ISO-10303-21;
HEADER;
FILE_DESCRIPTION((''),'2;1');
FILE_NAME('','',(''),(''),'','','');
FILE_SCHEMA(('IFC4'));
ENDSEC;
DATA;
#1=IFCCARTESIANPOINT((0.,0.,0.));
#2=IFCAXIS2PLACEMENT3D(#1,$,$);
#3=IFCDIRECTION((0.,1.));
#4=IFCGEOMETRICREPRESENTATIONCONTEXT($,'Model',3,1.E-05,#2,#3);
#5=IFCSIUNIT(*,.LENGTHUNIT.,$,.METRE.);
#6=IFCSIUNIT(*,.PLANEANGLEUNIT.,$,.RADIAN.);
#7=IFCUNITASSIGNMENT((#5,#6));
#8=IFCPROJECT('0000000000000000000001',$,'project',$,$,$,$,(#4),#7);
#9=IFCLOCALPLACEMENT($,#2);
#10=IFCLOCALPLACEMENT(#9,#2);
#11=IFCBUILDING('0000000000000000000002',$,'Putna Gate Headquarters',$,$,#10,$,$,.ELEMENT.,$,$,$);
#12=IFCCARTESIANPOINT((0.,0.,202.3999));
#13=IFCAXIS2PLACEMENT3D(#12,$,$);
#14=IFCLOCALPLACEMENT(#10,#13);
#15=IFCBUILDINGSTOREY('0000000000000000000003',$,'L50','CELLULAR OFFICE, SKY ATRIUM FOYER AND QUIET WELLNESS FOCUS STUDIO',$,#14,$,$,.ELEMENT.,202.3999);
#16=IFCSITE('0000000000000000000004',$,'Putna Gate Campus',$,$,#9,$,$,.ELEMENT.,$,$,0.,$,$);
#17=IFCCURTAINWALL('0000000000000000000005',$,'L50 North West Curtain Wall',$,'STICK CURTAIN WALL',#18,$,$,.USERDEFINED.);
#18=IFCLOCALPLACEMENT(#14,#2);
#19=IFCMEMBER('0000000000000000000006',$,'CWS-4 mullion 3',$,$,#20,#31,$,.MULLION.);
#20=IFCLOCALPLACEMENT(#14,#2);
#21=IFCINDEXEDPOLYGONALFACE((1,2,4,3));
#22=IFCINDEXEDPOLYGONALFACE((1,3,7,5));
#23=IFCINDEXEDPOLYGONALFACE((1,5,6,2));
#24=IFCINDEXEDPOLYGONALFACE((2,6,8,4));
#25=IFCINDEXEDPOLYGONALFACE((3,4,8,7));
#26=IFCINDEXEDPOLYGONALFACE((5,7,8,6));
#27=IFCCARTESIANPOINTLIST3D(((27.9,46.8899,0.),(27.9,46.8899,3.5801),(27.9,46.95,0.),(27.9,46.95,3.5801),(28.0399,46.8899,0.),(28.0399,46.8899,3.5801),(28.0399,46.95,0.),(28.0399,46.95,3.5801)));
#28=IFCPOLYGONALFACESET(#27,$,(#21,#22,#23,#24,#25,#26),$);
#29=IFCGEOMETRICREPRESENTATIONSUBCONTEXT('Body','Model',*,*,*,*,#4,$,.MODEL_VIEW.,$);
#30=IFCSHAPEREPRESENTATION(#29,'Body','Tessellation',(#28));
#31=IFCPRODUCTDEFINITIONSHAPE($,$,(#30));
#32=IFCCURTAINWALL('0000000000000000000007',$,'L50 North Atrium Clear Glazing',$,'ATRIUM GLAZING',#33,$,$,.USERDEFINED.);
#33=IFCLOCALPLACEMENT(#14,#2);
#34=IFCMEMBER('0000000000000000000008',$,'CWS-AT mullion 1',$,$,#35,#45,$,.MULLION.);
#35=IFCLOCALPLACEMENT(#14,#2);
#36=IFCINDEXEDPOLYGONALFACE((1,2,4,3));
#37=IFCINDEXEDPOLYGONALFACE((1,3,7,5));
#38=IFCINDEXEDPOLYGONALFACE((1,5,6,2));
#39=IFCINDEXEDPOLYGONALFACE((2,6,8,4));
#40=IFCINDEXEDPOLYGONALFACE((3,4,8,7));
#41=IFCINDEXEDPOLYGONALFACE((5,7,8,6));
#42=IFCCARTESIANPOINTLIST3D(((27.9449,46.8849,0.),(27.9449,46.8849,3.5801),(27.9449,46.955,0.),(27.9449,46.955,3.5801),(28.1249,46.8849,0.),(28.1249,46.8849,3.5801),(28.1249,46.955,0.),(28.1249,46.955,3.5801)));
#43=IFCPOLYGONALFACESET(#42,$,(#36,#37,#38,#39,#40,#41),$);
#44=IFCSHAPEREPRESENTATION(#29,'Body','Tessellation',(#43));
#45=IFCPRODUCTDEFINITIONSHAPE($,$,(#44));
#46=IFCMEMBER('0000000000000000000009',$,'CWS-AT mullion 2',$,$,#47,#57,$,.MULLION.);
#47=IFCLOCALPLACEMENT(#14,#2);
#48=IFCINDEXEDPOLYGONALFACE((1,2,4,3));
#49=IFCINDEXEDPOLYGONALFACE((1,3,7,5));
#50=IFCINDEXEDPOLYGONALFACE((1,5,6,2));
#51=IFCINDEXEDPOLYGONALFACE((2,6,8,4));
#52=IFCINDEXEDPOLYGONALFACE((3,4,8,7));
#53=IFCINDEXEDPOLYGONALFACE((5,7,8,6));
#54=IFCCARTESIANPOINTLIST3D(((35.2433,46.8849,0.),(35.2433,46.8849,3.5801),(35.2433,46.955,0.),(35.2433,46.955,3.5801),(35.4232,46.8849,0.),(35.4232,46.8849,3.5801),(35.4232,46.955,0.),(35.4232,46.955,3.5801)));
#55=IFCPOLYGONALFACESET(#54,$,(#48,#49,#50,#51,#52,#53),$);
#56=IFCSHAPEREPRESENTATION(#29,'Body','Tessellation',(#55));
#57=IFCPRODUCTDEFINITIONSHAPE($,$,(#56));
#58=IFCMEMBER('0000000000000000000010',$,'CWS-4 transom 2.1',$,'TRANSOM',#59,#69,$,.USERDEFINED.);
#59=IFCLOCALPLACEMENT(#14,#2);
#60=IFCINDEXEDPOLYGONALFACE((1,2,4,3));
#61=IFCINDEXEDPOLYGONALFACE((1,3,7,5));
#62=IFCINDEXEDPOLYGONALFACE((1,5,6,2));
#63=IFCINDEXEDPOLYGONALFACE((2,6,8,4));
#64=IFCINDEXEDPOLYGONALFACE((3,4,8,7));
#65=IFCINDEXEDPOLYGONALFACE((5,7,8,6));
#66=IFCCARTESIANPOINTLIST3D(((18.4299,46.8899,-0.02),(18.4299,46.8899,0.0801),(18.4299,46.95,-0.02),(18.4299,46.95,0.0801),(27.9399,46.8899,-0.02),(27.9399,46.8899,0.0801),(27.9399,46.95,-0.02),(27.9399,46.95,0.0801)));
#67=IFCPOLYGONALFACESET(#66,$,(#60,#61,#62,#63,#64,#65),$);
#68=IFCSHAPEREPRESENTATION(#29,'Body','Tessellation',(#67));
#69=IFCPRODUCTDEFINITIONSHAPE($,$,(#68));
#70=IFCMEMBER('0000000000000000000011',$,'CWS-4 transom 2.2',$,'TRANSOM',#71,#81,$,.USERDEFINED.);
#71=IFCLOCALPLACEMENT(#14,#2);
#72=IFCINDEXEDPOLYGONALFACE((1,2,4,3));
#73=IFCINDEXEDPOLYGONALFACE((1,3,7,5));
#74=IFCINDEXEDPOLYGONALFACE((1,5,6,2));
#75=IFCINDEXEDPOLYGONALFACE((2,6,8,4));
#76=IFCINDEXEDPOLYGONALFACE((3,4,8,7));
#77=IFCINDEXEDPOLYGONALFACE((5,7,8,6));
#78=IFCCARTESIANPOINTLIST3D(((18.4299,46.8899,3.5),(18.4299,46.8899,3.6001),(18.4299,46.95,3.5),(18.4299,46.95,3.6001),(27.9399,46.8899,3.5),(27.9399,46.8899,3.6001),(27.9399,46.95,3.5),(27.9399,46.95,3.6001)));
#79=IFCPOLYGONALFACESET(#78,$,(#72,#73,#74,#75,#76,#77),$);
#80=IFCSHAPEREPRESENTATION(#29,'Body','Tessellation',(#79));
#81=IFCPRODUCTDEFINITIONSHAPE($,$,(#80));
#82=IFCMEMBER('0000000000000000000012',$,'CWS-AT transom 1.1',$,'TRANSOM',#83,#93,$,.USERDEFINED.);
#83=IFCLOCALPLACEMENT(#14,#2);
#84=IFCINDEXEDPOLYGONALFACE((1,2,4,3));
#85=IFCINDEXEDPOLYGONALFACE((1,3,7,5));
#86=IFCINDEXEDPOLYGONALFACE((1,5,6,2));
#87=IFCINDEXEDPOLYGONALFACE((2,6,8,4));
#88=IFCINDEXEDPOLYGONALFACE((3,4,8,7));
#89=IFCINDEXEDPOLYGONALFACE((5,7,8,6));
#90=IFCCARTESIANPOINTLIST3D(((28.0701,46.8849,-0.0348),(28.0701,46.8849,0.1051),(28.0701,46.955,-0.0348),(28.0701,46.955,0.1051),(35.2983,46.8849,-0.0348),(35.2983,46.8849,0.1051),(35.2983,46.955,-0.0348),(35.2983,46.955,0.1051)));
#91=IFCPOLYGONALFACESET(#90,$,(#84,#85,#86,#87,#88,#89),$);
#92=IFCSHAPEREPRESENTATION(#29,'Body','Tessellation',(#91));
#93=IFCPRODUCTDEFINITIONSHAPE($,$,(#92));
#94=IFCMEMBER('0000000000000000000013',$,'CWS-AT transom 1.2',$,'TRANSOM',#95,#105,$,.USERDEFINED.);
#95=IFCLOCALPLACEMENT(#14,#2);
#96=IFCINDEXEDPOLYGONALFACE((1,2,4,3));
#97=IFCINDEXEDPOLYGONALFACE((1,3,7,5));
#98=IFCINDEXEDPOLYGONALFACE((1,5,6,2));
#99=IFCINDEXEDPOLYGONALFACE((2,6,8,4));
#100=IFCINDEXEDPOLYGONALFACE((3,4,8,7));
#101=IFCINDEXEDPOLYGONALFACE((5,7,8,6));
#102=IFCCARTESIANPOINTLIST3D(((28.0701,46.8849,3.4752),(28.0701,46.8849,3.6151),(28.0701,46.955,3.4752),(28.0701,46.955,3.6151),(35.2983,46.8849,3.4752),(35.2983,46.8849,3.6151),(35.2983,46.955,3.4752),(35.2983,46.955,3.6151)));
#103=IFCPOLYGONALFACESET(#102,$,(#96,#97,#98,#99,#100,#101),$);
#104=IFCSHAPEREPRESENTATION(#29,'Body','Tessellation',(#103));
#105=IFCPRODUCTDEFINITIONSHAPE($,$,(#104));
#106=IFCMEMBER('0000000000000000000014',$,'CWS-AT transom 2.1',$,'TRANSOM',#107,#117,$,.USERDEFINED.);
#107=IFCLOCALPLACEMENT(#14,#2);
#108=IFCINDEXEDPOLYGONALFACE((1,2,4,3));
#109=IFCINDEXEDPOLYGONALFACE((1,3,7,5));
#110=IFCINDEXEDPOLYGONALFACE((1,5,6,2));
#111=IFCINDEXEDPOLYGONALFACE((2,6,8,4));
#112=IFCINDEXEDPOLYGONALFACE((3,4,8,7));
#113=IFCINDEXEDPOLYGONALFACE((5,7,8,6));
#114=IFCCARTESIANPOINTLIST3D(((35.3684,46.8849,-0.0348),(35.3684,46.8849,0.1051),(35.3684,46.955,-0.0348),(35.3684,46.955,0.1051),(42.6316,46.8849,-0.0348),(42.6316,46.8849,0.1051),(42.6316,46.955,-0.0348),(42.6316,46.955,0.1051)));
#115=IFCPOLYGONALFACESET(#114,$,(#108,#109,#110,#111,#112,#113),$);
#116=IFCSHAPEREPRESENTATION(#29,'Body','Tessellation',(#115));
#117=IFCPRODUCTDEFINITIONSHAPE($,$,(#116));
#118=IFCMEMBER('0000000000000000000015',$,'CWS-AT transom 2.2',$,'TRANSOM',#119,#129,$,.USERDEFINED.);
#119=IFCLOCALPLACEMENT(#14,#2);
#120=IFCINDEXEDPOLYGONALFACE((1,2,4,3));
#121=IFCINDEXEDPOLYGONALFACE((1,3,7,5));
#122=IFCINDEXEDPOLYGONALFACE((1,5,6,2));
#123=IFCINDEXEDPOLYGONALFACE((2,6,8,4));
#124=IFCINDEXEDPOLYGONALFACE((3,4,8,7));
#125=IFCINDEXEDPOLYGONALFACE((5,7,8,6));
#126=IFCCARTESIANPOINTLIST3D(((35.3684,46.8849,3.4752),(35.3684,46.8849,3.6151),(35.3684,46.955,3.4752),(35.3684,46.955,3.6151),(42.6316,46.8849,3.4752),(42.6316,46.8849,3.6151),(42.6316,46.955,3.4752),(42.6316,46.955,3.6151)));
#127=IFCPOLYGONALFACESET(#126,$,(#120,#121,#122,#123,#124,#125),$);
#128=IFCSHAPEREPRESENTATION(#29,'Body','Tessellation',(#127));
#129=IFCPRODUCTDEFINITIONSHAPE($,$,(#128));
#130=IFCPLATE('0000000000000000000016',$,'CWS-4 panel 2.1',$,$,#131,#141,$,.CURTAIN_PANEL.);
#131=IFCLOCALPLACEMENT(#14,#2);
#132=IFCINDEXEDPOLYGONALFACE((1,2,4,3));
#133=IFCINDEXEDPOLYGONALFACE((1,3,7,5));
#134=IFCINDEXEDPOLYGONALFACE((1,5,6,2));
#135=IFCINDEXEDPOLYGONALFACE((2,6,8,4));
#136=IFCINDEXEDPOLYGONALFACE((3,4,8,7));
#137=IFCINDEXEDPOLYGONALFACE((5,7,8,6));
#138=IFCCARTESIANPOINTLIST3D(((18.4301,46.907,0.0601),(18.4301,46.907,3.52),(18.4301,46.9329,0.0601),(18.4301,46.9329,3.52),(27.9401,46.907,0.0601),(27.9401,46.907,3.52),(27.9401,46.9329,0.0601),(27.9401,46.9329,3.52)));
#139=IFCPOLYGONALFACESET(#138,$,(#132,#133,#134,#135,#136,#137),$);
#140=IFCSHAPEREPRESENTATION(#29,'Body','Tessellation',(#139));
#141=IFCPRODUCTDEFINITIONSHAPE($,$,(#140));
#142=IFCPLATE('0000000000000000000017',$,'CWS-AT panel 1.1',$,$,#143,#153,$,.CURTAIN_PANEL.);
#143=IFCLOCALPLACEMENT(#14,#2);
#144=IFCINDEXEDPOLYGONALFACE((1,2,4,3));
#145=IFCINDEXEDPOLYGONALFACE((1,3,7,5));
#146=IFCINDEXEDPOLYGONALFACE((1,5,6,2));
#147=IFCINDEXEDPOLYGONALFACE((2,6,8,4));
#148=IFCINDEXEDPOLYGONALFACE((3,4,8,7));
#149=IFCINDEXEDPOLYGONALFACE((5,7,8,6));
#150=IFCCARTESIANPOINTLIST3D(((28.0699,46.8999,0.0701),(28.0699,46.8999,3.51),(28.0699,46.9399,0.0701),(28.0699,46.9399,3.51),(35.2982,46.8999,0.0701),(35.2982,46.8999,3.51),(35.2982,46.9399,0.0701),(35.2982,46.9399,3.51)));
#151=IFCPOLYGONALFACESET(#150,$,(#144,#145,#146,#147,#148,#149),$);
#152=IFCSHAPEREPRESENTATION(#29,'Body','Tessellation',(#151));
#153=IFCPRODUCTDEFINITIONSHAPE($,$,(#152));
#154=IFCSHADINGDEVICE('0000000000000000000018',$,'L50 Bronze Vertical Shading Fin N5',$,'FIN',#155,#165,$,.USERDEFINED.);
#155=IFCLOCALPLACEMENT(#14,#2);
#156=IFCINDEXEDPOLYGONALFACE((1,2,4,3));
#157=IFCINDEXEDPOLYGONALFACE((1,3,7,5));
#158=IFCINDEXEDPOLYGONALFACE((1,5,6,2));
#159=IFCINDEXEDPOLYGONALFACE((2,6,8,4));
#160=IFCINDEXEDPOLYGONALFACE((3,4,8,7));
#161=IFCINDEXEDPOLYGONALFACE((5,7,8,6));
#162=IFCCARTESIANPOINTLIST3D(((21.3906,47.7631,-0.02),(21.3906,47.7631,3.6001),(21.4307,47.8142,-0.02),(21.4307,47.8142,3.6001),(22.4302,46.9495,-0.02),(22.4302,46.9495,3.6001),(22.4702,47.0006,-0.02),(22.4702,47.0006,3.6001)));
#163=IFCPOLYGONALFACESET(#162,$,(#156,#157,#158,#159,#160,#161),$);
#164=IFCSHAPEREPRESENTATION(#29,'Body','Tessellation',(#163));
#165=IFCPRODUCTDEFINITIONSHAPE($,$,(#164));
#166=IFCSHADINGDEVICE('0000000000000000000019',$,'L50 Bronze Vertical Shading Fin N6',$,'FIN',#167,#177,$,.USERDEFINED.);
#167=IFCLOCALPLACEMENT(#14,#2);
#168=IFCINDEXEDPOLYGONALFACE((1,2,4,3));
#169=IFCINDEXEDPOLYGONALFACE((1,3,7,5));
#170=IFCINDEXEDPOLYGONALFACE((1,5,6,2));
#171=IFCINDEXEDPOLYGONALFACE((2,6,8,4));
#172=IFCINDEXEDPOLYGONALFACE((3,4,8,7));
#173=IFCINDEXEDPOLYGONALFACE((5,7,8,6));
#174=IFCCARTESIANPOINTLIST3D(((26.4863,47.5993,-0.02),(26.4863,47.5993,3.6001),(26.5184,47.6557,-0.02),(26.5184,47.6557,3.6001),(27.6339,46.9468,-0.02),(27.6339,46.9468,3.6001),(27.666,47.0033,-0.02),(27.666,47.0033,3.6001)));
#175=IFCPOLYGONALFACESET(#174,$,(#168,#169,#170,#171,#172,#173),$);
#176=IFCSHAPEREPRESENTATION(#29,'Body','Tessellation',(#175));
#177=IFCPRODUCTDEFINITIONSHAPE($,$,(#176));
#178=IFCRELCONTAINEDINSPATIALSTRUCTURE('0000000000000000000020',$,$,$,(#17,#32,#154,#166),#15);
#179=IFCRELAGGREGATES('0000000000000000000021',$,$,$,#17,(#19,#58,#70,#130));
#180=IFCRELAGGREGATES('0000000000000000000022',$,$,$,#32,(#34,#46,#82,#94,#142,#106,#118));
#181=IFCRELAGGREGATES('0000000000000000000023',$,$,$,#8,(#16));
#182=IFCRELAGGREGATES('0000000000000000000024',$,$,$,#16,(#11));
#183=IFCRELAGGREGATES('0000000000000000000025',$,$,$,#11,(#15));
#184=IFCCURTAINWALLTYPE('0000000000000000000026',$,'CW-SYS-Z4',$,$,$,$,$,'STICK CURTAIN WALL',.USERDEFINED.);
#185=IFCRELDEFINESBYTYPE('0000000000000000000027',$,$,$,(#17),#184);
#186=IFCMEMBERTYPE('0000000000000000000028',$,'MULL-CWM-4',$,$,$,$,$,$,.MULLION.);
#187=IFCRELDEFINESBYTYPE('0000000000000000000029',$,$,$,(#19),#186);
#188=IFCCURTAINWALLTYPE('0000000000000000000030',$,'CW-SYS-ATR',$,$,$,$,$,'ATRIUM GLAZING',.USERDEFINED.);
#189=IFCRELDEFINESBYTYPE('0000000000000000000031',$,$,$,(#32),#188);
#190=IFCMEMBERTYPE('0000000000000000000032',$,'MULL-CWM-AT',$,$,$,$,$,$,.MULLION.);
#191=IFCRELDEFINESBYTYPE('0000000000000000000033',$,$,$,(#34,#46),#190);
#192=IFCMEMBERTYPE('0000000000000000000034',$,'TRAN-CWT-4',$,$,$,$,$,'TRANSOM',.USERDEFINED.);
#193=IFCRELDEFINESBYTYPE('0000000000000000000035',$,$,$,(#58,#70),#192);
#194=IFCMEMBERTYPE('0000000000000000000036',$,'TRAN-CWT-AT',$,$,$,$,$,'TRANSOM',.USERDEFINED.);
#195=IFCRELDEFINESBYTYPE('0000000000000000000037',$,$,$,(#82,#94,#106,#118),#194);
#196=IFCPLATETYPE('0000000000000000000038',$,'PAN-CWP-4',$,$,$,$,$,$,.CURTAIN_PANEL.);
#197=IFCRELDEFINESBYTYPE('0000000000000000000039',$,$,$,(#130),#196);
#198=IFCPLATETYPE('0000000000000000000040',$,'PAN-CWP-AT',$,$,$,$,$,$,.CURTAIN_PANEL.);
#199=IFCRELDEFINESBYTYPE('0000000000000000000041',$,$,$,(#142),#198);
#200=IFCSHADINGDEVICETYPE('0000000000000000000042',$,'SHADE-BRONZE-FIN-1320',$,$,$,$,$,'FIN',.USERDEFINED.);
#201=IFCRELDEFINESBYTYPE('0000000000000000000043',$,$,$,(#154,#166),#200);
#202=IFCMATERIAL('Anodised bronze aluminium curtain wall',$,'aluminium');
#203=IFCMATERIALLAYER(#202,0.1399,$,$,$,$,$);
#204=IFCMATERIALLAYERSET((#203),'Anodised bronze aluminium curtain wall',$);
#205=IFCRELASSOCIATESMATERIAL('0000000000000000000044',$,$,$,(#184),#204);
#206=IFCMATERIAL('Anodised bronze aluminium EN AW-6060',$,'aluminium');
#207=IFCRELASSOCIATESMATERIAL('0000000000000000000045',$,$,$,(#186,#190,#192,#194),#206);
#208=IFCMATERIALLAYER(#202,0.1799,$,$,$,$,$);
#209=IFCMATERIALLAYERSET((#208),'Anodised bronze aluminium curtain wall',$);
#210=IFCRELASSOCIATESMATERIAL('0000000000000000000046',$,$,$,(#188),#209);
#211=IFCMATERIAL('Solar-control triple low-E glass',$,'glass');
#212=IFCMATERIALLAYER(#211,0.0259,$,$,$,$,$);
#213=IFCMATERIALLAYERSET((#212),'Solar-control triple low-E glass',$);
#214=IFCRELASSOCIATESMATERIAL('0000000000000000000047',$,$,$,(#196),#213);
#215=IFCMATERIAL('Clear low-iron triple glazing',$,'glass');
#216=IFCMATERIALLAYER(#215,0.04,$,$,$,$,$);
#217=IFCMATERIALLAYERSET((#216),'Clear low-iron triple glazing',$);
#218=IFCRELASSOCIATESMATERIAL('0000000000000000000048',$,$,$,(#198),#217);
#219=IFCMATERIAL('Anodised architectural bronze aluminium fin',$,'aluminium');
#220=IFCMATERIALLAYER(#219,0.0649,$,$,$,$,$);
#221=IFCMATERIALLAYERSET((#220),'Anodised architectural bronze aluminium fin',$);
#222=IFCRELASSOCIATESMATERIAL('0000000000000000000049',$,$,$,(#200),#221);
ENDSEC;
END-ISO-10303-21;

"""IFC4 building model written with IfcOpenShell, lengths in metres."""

from ifc_helpers import new_model, si_unit, direction, frame, origin, origin_2d, place, context, subcontext, project, spatial, rectangle, extrude, material, layer, layer_set, material_profile, profile_set, type_object, element, aggregate, save


model = new_model("IFC4")

# Units and contexts
model_context = context("Model", 3, precision=1e-05, world=origin(), true_north=direction((0.0, 1.0)))
body_context = subcontext(model_context, "Body", "Model", "MODEL_VIEW")
ifc_project = project(units=[si_unit("LENGTHUNIT", "METRE"), si_unit("PLANEANGLEUNIT", "RADIAN")], contexts=[model_context])

# Site, building, storey
site_placement = place(None, origin())
site = spatial("IfcSite", under=ifc_project, at=site_placement, Name="Putna Gate Campus", CompositionType="ELEMENT", RefElevation=0.0)
building_placement = place(site_placement, origin())
building = spatial("IfcBuilding", under=site, at=building_placement, Name="Putna Gate Headquarters", CompositionType="ELEMENT")
storey_placement = place(building_placement, frame((0.0, 0.0, 202.3999)))
storey = spatial("IfcBuildingStorey", under=building, at=storey_placement, Name="L50", Description="CELLULAR OFFICE, SKY ATRIUM FOYER AND QUIET WELLNESS FOCUS STUDIO", CompositionType="ELEMENT", Elevation=202.3999)

# Curtain wall, member
ifc_material_1 = material(Name="Anodised bronze aluminium curtain wall", Category="aluminium")
ifc_layer_1 = layer(ifc_material_1, 0.1399)
ifc_layer_set_1 = layer_set([ifc_layer_1], Name="Anodised bronze aluminium curtain wall")
curtain_wall_type_1 = type_object("IfcCurtainWallType", Name="CW-SYS-Z4", ElementType="STICK CURTAIN WALL", PredefinedType="USERDEFINED", material=ifc_layer_set_1)
curtain_wall_1_placement = place(storey_placement, origin())
curtain_wall_1 = element("IfcCurtainWall", 1, at=curtain_wall_1_placement, inside=storey, type_object=curtain_wall_type_1, Name="L50 North West Curtain Wall", ObjectType="STICK CURTAIN WALL", PredefinedType="USERDEFINED")
ifc_material_2 = material(Name="Anodised bronze aluminium EN AW-6060", Category="aluminium")
ifc_material_profile_1 = material_profile(ifc_material_2, rectangle(XDim=0.0601, YDim=0.1399, at=origin_2d()), Name="Anodised bronze aluminium EN AW-6060")
ifc_profile_set_1 = profile_set([ifc_material_profile_1], Name="Anodised bronze aluminium EN AW-6060")
member_type_1 = type_object("IfcMemberType", Name="MULL-CWM-4", PredefinedType="MULLION", material=ifc_profile_set_1)
member_1_placement = place(storey_placement, frame((27.97, 46.9199, 0.0), z_axis=(0.0, 0.0, 1.0), x_axis=(0.0, 1.0, 0.0)))
member_1 = element("IfcMember", 2, at=member_1_placement, type_object=member_type_1, Name="CWS-4 mullion 3", PredefinedType="MULLION", context=body_context, shape_type="SweptSolid", body=[
    extrude(rectangle(XDim=0.0601, YDim=0.1399, at=origin_2d()), origin(), (0.0, 0.0, 1.0), 3.5801),
])

# Curtain wall, members
ifc_layer_2 = layer(ifc_material_1, 0.1799)
ifc_layer_set_2 = layer_set([ifc_layer_2], Name="Anodised bronze aluminium curtain wall")
curtain_wall_type_2 = type_object("IfcCurtainWallType", Name="CW-SYS-ATR", ElementType="ATRIUM GLAZING", PredefinedType="USERDEFINED", material=ifc_layer_set_2)
curtain_wall_2_placement = place(storey_placement, origin())
curtain_wall_2 = element("IfcCurtainWall", 3, at=curtain_wall_2_placement, inside=storey, type_object=curtain_wall_type_2, Name="L50 North Atrium Clear Glazing", ObjectType="ATRIUM GLAZING", PredefinedType="USERDEFINED")
ifc_material_profile_2 = material_profile(ifc_material_2, rectangle(XDim=0.0701, YDim=0.1799, at=origin_2d()), Name="Anodised bronze aluminium EN AW-6060")
ifc_profile_set_2 = profile_set([ifc_material_profile_2], Name="Anodised bronze aluminium EN AW-6060")
member_type_2 = type_object("IfcMemberType", Name="MULL-CWM-AT", PredefinedType="MULLION", material=ifc_profile_set_2)
member_2_placement = place(storey_placement, frame((28.0349, 46.9199, 0.0), z_axis=(0.0, 0.0, 1.0), x_axis=(0.0, 1.0, 0.0)))
member_2 = element("IfcMember", 4, at=member_2_placement, type_object=member_type_2, Name="CWS-AT mullion 1", PredefinedType="MULLION", context=body_context, shape_type="SweptSolid", body=[
    extrude(rectangle(XDim=0.0701, YDim=0.1799, at=origin_2d()), origin(), (0.0, 0.0, 1.0), 3.5801),
])
member_3_placement = place(storey_placement, frame((35.3333, 46.9199, 0.0), z_axis=(0.0, 0.0, 1.0), x_axis=(0.0, 1.0, 0.0)))
member_3 = element("IfcMember", 5, at=member_3_placement, type_object=member_type_2, Name="CWS-AT mullion 2", PredefinedType="MULLION", context=body_context, shape_type="SweptSolid", body=[
    extrude(rectangle(XDim=0.0701, YDim=0.1799, at=origin_2d()), origin(), (0.0, 0.0, 1.0), 3.5801),
])

# Members
ifc_material_profile_3 = material_profile(ifc_material_2, rectangle(XDim=0.0601, YDim=0.1001, at=origin_2d()), Name="Anodised bronze aluminium EN AW-6060")
ifc_profile_set_3 = profile_set([ifc_material_profile_3], Name="Anodised bronze aluminium EN AW-6060")
member_type_3 = type_object("IfcMemberType", Name="TRAN-CWT-4", ElementType="TRANSOM", PredefinedType="USERDEFINED", material=ifc_profile_set_3)
member_4_placement = place(storey_placement, frame((18.4299, 46.9199, 0.03), z_axis=(1.0, 0.0, 0.0), x_axis=(0.0, 1.0, 0.0)))
member_4 = element("IfcMember", 6, at=member_4_placement, type_object=member_type_3, Name="CWS-4 transom 2.1", ObjectType="TRANSOM", PredefinedType="USERDEFINED", context=body_context, shape_type="SweptSolid", body=[
    extrude(rectangle(XDim=0.0601, YDim=0.1001, at=origin_2d()), origin(), (0.0, 0.0, 1.0), 9.51),
])
member_5_placement = place(storey_placement, frame((18.4299, 46.9199, 3.55), z_axis=(1.0, 0.0, 0.0), x_axis=(0.0, 1.0, 0.0)))
member_5 = element("IfcMember", 7, at=member_5_placement, type_object=member_type_3, Name="CWS-4 transom 2.2", ObjectType="TRANSOM", PredefinedType="USERDEFINED", context=body_context, shape_type="SweptSolid", body=[
    extrude(rectangle(XDim=0.0601, YDim=0.1001, at=origin_2d()), origin(), (0.0, 0.0, 1.0), 9.51),
])
ifc_material_profile_4 = material_profile(ifc_material_2, rectangle(XDim=0.0701, YDim=0.1399, at=origin_2d()), Name="Anodised bronze aluminium EN AW-6060")
ifc_profile_set_4 = profile_set([ifc_material_profile_4], Name="Anodised bronze aluminium EN AW-6060")
member_type_4 = type_object("IfcMemberType", Name="TRAN-CWT-AT", ElementType="TRANSOM", PredefinedType="USERDEFINED", material=ifc_profile_set_4)
member_6_placement = place(storey_placement, frame((28.0701, 46.9199, 0.0352), z_axis=(1.0, 0.0, 0.0), x_axis=(0.0, 1.0, 0.0)))
member_6 = element("IfcMember", 8, at=member_6_placement, type_object=member_type_4, Name="CWS-AT transom 1.1", ObjectType="TRANSOM", PredefinedType="USERDEFINED", context=body_context, shape_type="SweptSolid", body=[
    extrude(rectangle(XDim=0.0701, YDim=0.1399, at=origin_2d()), origin(), (0.0, 0.0, 1.0), 7.2283),
])
member_7_placement = place(storey_placement, frame((28.0701, 46.9199, 3.5452), z_axis=(1.0, 0.0, 0.0), x_axis=(0.0, 1.0, 0.0)))
member_7 = element("IfcMember", 9, at=member_7_placement, type_object=member_type_4, Name="CWS-AT transom 1.2", ObjectType="TRANSOM", PredefinedType="USERDEFINED", context=body_context, shape_type="SweptSolid", body=[
    extrude(rectangle(XDim=0.0701, YDim=0.1399, at=origin_2d()), origin(), (0.0, 0.0, 1.0), 7.2283),
])
member_8_placement = place(storey_placement, frame((35.3684, 46.9199, 0.0352), z_axis=(1.0, 0.0, 0.0), x_axis=(0.0, 1.0, 0.0)))
member_8 = element("IfcMember", 10, at=member_8_placement, type_object=member_type_4, Name="CWS-AT transom 2.1", ObjectType="TRANSOM", PredefinedType="USERDEFINED", context=body_context, shape_type="SweptSolid", body=[
    extrude(rectangle(XDim=0.0701, YDim=0.1399, at=origin_2d()), origin(), (0.0, 0.0, 1.0), 7.2632),
])
member_9_placement = place(storey_placement, frame((35.3684, 46.9199, 3.5452), z_axis=(1.0, 0.0, 0.0), x_axis=(0.0, 1.0, 0.0)))
member_9 = element("IfcMember", 11, at=member_9_placement, type_object=member_type_4, Name="CWS-AT transom 2.2", ObjectType="TRANSOM", PredefinedType="USERDEFINED", context=body_context, shape_type="SweptSolid", body=[
    extrude(rectangle(XDim=0.0701, YDim=0.1399, at=origin_2d()), origin(), (0.0, 0.0, 1.0), 7.2632),
])

# Plates
ifc_material_3 = material(Name="Solar-control triple low-E glass", Category="glass")
ifc_layer_3 = layer(ifc_material_3, 0.0259)
ifc_layer_set_3 = layer_set([ifc_layer_3], Name="Solar-control triple low-E glass")
plate_type_1 = type_object("IfcPlateType", Name="PAN-CWP-4", PredefinedType="CURTAIN_PANEL", material=ifc_layer_set_3)
plate_1_placement = place(storey_placement, frame((23.1851, 46.9199, 0.0601), z_axis=(0.0, 0.0, 1.0), x_axis=(1.0, 0.0, 0.0)))
plate_1 = element("IfcPlate", 12, at=plate_1_placement, type_object=plate_type_1, Name="CWS-4 panel 2.1", PredefinedType="CURTAIN_PANEL", context=body_context, shape_type="SweptSolid", body=[
    extrude(rectangle(XDim=9.51, YDim=0.0259, at=origin_2d()), origin(), (0.0, 0.0, 1.0), 3.46),
])
aggregate(curtain_wall_1, [member_1, member_4, member_5, plate_1])
ifc_material_4 = material(Name="Clear low-iron triple glazing", Category="glass")
ifc_layer_4 = layer(ifc_material_4, 0.04)
ifc_layer_set_4 = layer_set([ifc_layer_4], Name="Clear low-iron triple glazing")
plate_type_2 = type_object("IfcPlateType", Name="PAN-CWP-AT", PredefinedType="CURTAIN_PANEL", material=ifc_layer_set_4)
plate_2_placement = place(storey_placement, frame((31.6841, 46.9199, 0.0701), z_axis=(0.0, 0.0, 1.0), x_axis=(1.0, 0.0, 0.0)))
plate_2 = element("IfcPlate", 13, at=plate_2_placement, type_object=plate_type_2, Name="CWS-AT panel 1.1", PredefinedType="CURTAIN_PANEL", context=body_context, shape_type="SweptSolid", body=[
    extrude(rectangle(XDim=7.2283, YDim=0.04, at=origin_2d()), origin(), (0.0, 0.0, 1.0), 3.4399),
])
aggregate(curtain_wall_2, [member_2, member_3, member_6, member_7, plate_2, member_8, member_9])

# Shading devices
ifc_material_5 = material(Name="Anodised architectural bronze aluminium fin", Category="aluminium")
ifc_layer_5 = layer(ifc_material_5, 0.0649)
ifc_layer_set_5 = layer_set([ifc_layer_5], Name="Anodised architectural bronze aluminium fin")
shading_device_type = type_object("IfcShadingDeviceType", Name="SHADE-BRONZE-FIN-1320", ElementType="FIN", PredefinedType="USERDEFINED", material=ifc_layer_set_5)
for number, where, z_axis, x_axis, name in (
    (14, (21.9304, 47.3818, -0.02), (0.0, 0.0, 1.0), (-0.787473, 0.616349, 0.0), "L50 Bronze Vertical Shading Fin N5"),
    (15, (27.0762, 47.3013, -0.02), (0.0, 0.0, 1.0), (-0.869322, 0.494245, 0.0), "L50 Bronze Vertical Shading Fin N6"),
):
    element("IfcShadingDevice", number, at=place(storey_placement, frame(where, z_axis=z_axis, x_axis=x_axis)), inside=storey, type_object=shading_device_type, Name=name, ObjectType="FIN", PredefinedType="USERDEFINED", context=body_context, shape_type="SweptSolid", body=[
        extrude(rectangle(XDim=1.3201, YDim=0.0649, at=origin_2d()), origin(), (0.0, 0.0, 1.0), 3.6201),
    ])

save(model, "model.ifc")
